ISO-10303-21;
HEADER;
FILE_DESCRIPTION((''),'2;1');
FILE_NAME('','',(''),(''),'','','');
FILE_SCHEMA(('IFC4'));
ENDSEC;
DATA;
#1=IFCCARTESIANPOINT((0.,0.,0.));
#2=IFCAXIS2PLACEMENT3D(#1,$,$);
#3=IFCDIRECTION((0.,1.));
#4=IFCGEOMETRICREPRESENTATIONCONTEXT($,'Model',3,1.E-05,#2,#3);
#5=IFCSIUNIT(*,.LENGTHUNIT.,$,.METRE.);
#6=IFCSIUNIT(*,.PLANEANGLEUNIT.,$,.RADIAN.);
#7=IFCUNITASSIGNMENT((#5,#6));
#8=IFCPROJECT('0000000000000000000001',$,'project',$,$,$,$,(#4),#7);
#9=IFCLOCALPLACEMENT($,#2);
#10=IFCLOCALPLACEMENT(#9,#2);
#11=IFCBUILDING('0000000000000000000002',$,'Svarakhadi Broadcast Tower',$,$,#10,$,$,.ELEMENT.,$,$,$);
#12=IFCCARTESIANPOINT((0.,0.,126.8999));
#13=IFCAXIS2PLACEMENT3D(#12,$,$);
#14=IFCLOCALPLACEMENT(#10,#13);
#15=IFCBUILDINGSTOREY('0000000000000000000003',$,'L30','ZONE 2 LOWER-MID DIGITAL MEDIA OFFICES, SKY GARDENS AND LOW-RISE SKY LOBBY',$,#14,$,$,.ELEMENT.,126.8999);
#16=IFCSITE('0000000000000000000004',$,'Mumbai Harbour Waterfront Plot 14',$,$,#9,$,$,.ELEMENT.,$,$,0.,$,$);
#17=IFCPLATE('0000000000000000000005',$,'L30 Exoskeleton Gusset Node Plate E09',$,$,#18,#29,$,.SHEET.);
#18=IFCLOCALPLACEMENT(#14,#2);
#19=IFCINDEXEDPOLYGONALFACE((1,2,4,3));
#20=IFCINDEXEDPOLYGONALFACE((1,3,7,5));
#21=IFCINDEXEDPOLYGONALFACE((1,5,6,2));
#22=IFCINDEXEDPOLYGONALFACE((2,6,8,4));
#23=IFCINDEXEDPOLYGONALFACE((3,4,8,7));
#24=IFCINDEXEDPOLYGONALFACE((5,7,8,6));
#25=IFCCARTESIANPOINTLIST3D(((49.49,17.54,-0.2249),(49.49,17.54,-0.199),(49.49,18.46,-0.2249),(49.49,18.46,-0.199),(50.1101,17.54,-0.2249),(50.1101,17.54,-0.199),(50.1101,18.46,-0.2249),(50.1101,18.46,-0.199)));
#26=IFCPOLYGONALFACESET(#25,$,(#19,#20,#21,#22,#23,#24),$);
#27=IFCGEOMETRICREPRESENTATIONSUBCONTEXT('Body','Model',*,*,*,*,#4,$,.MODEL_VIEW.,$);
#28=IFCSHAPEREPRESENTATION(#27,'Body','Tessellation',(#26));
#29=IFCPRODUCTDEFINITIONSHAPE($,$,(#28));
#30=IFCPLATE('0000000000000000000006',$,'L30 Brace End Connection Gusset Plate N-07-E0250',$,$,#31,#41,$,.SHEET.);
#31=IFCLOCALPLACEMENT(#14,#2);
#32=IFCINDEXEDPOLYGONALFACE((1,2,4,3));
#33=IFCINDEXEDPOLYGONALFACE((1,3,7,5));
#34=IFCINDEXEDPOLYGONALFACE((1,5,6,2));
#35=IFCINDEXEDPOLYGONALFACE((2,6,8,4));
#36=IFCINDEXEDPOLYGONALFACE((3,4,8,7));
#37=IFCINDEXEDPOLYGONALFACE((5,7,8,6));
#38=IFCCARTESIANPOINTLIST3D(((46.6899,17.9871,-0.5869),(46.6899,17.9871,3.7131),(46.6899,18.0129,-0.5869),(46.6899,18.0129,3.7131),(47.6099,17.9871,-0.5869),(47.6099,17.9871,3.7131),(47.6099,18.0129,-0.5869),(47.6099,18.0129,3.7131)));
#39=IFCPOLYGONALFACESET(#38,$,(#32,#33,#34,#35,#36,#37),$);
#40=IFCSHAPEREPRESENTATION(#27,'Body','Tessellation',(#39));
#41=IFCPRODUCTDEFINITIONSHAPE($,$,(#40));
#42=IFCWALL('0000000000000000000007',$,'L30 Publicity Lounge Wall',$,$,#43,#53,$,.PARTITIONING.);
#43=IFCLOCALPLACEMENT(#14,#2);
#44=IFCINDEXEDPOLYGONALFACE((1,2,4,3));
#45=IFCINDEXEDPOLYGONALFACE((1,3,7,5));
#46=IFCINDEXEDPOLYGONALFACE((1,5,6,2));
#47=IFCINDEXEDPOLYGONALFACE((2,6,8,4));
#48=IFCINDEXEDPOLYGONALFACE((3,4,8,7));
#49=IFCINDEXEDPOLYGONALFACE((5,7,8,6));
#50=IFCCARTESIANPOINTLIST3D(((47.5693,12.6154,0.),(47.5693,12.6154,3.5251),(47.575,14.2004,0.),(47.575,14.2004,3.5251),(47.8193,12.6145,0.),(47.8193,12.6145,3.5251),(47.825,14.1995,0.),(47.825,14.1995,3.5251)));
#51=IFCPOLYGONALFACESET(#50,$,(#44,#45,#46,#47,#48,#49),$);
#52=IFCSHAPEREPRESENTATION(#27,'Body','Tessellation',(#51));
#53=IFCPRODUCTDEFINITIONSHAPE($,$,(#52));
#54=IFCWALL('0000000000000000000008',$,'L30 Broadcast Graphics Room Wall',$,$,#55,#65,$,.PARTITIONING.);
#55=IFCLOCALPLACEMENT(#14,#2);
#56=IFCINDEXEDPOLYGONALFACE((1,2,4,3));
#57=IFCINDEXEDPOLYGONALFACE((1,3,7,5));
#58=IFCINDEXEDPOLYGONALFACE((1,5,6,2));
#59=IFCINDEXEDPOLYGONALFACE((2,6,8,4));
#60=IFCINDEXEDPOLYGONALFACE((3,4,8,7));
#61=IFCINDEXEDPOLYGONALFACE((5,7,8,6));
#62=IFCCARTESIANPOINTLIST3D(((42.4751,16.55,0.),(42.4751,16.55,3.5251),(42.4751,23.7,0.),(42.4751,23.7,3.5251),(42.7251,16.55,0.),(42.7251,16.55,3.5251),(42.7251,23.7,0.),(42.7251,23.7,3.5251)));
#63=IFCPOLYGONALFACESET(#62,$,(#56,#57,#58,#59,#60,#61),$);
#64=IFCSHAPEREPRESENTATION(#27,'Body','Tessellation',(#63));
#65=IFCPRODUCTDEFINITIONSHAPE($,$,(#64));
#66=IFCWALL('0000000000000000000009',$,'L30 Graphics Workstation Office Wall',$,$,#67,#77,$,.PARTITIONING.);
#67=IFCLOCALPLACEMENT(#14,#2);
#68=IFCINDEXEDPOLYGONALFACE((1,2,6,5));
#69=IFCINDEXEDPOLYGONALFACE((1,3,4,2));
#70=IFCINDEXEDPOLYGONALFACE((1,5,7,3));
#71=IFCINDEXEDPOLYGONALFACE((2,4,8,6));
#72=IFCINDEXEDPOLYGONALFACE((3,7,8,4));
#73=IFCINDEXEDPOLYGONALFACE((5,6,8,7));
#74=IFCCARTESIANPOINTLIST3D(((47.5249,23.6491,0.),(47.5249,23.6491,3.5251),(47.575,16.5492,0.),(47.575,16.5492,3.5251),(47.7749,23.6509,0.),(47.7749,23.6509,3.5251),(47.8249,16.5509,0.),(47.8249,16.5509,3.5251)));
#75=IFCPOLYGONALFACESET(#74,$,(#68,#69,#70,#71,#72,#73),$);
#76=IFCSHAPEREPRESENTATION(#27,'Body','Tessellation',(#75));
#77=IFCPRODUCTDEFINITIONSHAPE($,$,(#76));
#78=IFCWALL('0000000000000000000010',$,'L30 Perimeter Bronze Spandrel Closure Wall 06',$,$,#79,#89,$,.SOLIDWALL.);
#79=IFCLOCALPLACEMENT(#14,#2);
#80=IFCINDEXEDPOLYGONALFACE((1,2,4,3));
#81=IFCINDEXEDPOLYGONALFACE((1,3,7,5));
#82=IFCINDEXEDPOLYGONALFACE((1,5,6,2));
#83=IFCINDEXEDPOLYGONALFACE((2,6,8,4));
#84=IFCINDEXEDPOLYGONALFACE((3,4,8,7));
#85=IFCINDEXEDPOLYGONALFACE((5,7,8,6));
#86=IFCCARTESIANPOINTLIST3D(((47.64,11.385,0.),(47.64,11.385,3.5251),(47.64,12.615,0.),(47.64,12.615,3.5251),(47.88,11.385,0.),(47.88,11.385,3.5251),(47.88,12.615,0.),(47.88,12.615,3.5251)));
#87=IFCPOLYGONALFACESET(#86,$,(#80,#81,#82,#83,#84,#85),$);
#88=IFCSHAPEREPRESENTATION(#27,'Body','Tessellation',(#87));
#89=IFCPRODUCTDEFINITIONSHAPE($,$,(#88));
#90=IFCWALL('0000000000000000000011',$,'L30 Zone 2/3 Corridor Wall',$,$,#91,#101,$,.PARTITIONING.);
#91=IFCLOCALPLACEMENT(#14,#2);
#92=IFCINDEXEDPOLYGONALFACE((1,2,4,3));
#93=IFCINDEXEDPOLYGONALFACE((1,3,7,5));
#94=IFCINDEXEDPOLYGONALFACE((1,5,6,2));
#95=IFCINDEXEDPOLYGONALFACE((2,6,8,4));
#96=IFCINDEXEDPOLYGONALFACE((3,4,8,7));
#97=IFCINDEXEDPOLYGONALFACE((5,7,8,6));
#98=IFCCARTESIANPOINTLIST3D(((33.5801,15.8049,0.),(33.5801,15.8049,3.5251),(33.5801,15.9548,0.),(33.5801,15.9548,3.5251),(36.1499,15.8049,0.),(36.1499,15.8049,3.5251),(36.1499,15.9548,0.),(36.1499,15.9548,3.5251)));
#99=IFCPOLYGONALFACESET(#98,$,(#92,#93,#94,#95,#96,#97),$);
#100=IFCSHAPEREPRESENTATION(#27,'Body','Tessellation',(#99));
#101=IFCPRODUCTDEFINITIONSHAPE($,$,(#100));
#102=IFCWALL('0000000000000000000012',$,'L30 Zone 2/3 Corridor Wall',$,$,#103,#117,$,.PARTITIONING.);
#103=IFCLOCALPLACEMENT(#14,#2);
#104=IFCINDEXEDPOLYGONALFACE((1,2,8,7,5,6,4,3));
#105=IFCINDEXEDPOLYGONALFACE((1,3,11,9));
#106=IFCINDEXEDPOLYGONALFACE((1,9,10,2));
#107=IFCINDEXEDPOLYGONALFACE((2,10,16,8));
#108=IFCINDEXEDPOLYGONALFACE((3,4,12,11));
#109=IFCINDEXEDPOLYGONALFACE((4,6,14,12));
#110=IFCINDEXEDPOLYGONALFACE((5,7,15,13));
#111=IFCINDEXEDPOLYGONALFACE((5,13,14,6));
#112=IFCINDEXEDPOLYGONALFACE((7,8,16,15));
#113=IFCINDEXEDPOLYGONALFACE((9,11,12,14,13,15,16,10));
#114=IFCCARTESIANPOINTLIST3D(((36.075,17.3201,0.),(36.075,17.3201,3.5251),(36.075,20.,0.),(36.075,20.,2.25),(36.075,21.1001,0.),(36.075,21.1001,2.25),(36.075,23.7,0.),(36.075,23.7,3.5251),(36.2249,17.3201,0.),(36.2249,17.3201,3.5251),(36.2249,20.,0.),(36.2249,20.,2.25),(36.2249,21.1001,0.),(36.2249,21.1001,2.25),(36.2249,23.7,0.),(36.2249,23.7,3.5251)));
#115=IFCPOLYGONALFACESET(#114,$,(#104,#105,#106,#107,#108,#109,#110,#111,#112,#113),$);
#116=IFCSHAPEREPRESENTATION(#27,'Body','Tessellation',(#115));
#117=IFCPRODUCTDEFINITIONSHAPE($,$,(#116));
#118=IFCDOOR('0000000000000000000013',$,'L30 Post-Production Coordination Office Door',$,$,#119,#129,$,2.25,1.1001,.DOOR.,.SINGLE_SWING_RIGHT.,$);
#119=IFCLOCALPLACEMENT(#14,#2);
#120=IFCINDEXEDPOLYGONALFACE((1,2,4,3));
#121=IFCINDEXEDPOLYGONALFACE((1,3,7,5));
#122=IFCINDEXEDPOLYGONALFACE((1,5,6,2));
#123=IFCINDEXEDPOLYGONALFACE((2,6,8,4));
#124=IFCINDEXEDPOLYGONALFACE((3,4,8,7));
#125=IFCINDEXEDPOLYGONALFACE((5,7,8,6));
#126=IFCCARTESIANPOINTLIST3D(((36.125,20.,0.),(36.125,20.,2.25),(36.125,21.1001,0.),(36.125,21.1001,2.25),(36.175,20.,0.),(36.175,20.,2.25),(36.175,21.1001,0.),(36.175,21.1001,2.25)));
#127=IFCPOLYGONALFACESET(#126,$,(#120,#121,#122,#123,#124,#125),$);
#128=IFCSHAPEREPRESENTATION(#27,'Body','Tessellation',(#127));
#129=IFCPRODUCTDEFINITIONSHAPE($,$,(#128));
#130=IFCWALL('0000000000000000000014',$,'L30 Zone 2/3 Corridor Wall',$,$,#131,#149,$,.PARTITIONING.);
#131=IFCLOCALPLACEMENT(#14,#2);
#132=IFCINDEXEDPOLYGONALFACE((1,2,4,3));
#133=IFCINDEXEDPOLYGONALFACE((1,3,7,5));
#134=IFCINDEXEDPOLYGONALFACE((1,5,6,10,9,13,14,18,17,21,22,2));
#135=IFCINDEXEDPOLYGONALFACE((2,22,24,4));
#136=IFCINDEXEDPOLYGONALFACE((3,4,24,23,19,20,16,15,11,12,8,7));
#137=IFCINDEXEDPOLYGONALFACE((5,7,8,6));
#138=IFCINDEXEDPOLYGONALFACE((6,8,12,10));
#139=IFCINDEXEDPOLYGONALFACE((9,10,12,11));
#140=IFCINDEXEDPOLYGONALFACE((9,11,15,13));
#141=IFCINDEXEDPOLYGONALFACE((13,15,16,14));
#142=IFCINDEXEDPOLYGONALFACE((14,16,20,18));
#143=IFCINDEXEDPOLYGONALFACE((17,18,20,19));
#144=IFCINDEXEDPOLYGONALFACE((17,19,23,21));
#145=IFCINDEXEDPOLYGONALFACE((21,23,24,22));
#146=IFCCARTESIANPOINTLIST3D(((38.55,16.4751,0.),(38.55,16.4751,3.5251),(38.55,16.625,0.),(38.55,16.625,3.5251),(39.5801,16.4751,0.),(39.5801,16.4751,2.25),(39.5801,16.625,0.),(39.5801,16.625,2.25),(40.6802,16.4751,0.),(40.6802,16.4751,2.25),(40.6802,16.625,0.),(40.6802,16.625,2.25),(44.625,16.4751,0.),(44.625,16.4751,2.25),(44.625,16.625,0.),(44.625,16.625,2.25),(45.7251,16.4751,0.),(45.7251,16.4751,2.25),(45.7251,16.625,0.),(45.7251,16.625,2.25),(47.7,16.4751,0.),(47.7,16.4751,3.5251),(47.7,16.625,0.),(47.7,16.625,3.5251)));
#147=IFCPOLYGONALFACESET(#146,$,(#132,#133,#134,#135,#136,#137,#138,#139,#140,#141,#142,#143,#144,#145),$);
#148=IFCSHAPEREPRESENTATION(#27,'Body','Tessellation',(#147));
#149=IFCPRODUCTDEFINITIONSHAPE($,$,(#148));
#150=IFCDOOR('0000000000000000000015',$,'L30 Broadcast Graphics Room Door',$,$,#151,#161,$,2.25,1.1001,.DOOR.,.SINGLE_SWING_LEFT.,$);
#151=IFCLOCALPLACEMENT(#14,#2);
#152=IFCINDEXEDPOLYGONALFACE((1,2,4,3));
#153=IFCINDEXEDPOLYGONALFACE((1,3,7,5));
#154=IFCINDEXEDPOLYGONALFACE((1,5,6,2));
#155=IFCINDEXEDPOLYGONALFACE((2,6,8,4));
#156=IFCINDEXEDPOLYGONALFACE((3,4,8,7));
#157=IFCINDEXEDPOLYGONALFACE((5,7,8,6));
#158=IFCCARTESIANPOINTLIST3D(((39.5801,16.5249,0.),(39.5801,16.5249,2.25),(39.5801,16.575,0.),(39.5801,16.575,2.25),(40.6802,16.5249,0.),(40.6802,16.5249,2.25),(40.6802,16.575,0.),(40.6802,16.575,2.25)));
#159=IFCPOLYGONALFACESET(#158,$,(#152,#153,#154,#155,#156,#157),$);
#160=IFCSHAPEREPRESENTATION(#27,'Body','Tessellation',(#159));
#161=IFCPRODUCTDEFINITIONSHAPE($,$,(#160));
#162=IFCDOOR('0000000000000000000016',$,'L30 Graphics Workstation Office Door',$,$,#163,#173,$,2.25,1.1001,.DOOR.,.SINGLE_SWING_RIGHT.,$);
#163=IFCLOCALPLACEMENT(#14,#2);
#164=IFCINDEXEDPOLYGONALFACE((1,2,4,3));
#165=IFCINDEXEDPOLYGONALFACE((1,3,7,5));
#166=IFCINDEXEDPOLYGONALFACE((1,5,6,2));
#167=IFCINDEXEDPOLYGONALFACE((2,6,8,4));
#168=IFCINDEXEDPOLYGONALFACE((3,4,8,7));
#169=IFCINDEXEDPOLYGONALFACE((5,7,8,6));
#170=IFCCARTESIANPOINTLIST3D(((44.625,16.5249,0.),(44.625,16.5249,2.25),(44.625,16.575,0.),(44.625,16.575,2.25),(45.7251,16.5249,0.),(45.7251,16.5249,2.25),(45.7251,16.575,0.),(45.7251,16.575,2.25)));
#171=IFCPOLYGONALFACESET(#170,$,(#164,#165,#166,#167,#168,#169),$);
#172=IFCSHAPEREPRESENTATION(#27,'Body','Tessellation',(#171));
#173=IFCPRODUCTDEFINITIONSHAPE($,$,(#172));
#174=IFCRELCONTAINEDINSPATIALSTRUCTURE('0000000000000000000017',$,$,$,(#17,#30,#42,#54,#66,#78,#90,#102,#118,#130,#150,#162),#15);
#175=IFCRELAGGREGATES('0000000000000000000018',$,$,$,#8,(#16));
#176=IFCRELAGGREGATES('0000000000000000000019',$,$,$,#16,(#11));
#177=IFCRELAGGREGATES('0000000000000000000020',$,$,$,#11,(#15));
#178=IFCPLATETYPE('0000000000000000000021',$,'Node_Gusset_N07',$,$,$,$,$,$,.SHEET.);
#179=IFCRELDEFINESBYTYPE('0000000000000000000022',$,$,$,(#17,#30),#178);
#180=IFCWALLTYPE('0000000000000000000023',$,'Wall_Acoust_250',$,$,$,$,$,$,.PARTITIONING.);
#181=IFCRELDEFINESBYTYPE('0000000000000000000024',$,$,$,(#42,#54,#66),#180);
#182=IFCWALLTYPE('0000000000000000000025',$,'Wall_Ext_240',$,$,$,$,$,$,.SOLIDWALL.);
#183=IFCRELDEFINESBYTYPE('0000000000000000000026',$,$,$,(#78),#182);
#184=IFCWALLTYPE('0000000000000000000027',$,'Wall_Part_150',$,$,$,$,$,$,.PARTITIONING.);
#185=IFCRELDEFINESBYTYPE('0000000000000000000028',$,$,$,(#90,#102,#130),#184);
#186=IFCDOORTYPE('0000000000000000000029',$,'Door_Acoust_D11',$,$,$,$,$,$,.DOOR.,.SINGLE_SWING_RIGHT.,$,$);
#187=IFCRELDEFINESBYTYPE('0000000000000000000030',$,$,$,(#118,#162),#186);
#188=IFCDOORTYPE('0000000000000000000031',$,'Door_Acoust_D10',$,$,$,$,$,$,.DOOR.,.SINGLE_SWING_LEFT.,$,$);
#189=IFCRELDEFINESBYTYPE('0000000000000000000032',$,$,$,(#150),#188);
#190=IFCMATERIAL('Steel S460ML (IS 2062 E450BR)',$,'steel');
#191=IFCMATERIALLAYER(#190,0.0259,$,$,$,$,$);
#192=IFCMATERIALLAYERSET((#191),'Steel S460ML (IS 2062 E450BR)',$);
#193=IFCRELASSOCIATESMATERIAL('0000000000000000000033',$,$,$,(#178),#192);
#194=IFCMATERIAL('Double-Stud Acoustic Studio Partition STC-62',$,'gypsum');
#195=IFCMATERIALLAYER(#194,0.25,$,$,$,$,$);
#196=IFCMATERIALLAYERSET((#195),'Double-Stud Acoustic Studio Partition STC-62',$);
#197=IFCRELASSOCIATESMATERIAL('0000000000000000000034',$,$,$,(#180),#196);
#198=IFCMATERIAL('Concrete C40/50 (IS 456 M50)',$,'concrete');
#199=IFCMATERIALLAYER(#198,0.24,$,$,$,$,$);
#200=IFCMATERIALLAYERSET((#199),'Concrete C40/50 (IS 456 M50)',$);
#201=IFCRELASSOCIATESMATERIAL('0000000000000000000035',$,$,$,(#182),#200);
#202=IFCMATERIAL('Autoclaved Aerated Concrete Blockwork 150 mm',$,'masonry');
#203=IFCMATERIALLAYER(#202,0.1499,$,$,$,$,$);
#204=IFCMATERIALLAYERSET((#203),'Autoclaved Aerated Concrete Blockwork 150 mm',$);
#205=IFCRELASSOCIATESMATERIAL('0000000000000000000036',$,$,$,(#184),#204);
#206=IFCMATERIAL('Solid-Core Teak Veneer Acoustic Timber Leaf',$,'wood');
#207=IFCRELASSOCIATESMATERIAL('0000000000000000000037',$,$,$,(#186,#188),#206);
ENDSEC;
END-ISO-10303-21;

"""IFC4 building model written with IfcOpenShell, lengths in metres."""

from ifc_helpers import new_model, si_unit, direction, frame, frame_2d, origin, origin_2d, place, context, subcontext, project, spatial, rectangle, extrude, material, layer, layer_set, type_object, element, fill, save


model = new_model("IFC4")

# Units and contexts
model_context = context("Model", 3, precision=1e-05, world=origin(), true_north=direction((0.0, 1.0)))
body_context = subcontext(model_context, "Body", "Model", "MODEL_VIEW")
ifc_project = project(units=[si_unit("LENGTHUNIT", "METRE"), si_unit("PLANEANGLEUNIT", "RADIAN")], contexts=[model_context])

# Site, building, storey
site_placement = place(None, origin())
site = spatial("IfcSite", under=ifc_project, at=site_placement, Name="Mumbai Harbour Waterfront Plot 14", CompositionType="ELEMENT", RefElevation=0.0)
building_placement = place(site_placement, origin())
building = spatial("IfcBuilding", under=site, at=building_placement, Name="Svarakhadi Broadcast Tower", CompositionType="ELEMENT")
storey_placement = place(building_placement, frame((0.0, 0.0, 126.8999)))
storey = spatial("IfcBuildingStorey", under=building, at=storey_placement, Name="L30", Description="ZONE 2 LOWER-MID DIGITAL MEDIA OFFICES, SKY GARDENS AND LOW-RISE SKY LOBBY", CompositionType="ELEMENT", Elevation=126.8999)

# Shared definitions
ifc_material_1 = material(Name="Steel S460ML (IS 2062 E450BR)", Category="steel")

# Plates
ifc_layer_1 = layer(ifc_material_1, 0.0259)
ifc_layer_set_1 = layer_set([ifc_layer_1], Name="Steel S460ML (IS 2062 E450BR)")
plate_type_1 = type_object("IfcPlateType", Name="Node_Gusset_N07", PredefinedType="SHEET", material=ifc_layer_set_1)
plate_1_placement = place(storey_placement, frame((49.8, 18.0, -0.2249), z_axis=(0.0, 0.0, 1.0), x_axis=(0.0, 1.0, 0.0)))
element("IfcPlate", 1, at=plate_1_placement, inside=storey, type_object=plate_type_1, Name="L30 Exoskeleton Gusset Node Plate E09", PredefinedType="SHEET", context=body_context, shape_type="SweptSolid", body=[
    extrude(rectangle(XDim=0.9199, YDim=0.6201, at=origin_2d()), origin(), (0.0, 0.0, 1.0), 0.0259),
])
plate_2_placement = place(storey_placement, frame((47.1499, 18.0, -0.5869), z_axis=(0.0, 0.0, 1.0), x_axis=(1.0, 0.0, 0.0)))
element("IfcPlate", 2, at=plate_2_placement, inside=storey, type_object=plate_type_1, Name="L30 Brace End Connection Gusset Plate N-07-E0250", PredefinedType="SHEET", context=body_context, shape_type="SweptSolid", body=[
    extrude(rectangle(XDim=0.9199, YDim=0.0259, at=origin_2d()), origin(), (0.0, 0.0, 1.0), 4.3),
])

# Walls
ifc_material_2 = material(Name="Double-Stud Acoustic Studio Partition STC-62", Category="gypsum")
ifc_layer_2 = layer(ifc_material_2, 0.25)
ifc_layer_set_2 = layer_set([ifc_layer_2], Name="Double-Stud Acoustic Studio Partition STC-62")
wall_type_1 = type_object("IfcWallType", Name="Wall_Acoust_250", PredefinedType="PARTITIONING", material=ifc_layer_set_2)
wall_1_placement = place(storey_placement, frame((47.6943, 12.615, 0.0), z_axis=(0.0, 0.0, 1.0), x_axis=(0.003543, 0.999994, 0.0)))
element("IfcWall", 3, at=wall_1_placement, inside=storey, type_object=wall_type_1, Name="L30 Publicity Lounge Wall", PredefinedType="PARTITIONING", context=body_context, shape_type="SweptSolid", body=[
    extrude(rectangle(XDim=1.585, YDim=0.25, at=frame_2d((0.7925, 0.0))), origin(), (0.0, 0.0, 1.0), 3.5251),
])
wall_2_placement = place(storey_placement, frame((42.6001, 16.55, 0.0), z_axis=(0.0, 0.0, 1.0), x_axis=(0.0, 1.0, 0.0)))
element("IfcWall", 4, at=wall_2_placement, inside=storey, type_object=wall_type_1, Name="L30 Broadcast Graphics Room Wall", PredefinedType="PARTITIONING", context=body_context, shape_type="SweptSolid", body=[
    extrude(rectangle(XDim=7.1499, YDim=0.25, at=frame_2d((3.575, 0.0))), origin(), (0.0, 0.0, 1.0), 3.5251),
])
wall_3_placement = place(storey_placement, frame((47.7, 16.55, 0.0), z_axis=(0.0, 0.0, 1.0), x_axis=(-0.007049, 0.999975, 0.0)))
element("IfcWall", 5, at=wall_3_placement, inside=storey, type_object=wall_type_1, Name="L30 Graphics Workstation Office Wall", PredefinedType="PARTITIONING", context=body_context, shape_type="SweptSolid", body=[
    extrude(rectangle(XDim=7.1001, YDim=0.25, at=frame_2d((3.55, 0.0))), origin(), (0.0, 0.0, 1.0), 3.5251),
])
ifc_material_3 = material(Name="Concrete C40/50 (IS 456 M50)", Category="concrete")
ifc_layer_3 = layer(ifc_material_3, 0.24)
ifc_layer_set_3 = layer_set([ifc_layer_3], Name="Concrete C40/50 (IS 456 M50)")
wall_type_2 = type_object("IfcWallType", Name="Wall_Ext_240", PredefinedType="SOLIDWALL", material=ifc_layer_set_3)
wall_4_placement = place(storey_placement, frame((47.76, 12.615, 0.0), z_axis=(0.0, 0.0, 1.0), x_axis=(0.0, -1.0, 0.0)))
element("IfcWall", 6, at=wall_4_placement, inside=storey, type_object=wall_type_2, Name="L30 Perimeter Bronze Spandrel Closure Wall 06", PredefinedType="SOLIDWALL", context=body_context, shape_type="SweptSolid", body=[
    extrude(rectangle(XDim=1.23, YDim=0.24, at=frame_2d((0.615, 0.0))), origin(), (0.0, 0.0, 1.0), 3.5251),
])
ifc_material_4 = material(Name="Autoclaved Aerated Concrete Blockwork 150 mm", Category="masonry")
ifc_layer_4 = layer(ifc_material_4, 0.1499)
ifc_layer_set_4 = layer_set([ifc_layer_4], Name="Autoclaved Aerated Concrete Blockwork 150 mm")
wall_type_3 = type_object("IfcWallType", Name="Wall_Part_150", PredefinedType="PARTITIONING", material=ifc_layer_set_4)
wall_5_placement = place(storey_placement, frame((36.1499, 15.8799, 0.0), z_axis=(0.0, 0.0, 1.0), x_axis=(-1.0, 0.0, 0.0)))
element("IfcWall", 7, at=wall_5_placement, inside=storey, type_object=wall_type_3, Name="L30 Zone 2/3 Corridor Wall", PredefinedType="PARTITIONING", context=body_context, shape_type="SweptSolid", body=[
    extrude(rectangle(XDim=2.5698, YDim=0.1499, at=frame_2d((1.2849, 0.0))), origin(), (0.0, 0.0, 1.0), 3.5251),
])

# Wall, opening, door
wall_6_placement = place(storey_placement, frame((36.1499, 17.3201, 0.0), z_axis=(0.0, 0.0, 1.0), x_axis=(0.0, 1.0, 0.0)))
wall_6 = element("IfcWall", 8, at=wall_6_placement, inside=storey, type_object=wall_type_3, Name="L30 Zone 2/3 Corridor Wall", PredefinedType="PARTITIONING", context=body_context, shape_type="SweptSolid", body=[
    extrude(rectangle(XDim=6.3799, YDim=0.1499, at=frame_2d((3.1899, 0.0))), origin(), (0.0, 0.0, 1.0), 3.5251),
])
opening_1_placement = place(wall_6_placement, frame((2.6799, 0.0, 0.0)))
opening_1 = element("IfcOpeningElement", 9, at=opening_1_placement, cuts=wall_6, PredefinedType="OPENING", context=body_context, shape_type="SweptSolid", body=[
    extrude(rectangle(XDim=1.1001, YDim=2.25, at=frame_2d((0.55, 1.125))), frame((0.0, 0.085, 0.0), z_axis=(0.0, -1.0, 0.0), x_axis=(1.0, 0.0, 0.0)), (0.0, 0.0, 1.0), 0.1699),
])
ifc_material_5 = material(Name="Solid-Core Teak Veneer Acoustic Timber Leaf", Category="wood")
door_type_1 = type_object("IfcDoorType", Name="Door_Acoust_D11", OperationType="SINGLE_SWING_RIGHT", PredefinedType="DOOR", material=ifc_material_5)
door_1_placement = place(opening_1_placement, origin())
door_1 = element("IfcDoor", 10, at=door_1_placement, inside=storey, type_object=door_type_1, Name="L30 Post-Production Coordination Office Door", OperationType="SINGLE_SWING_RIGHT", OverallHeight=2.25, OverallWidth=1.1001, PredefinedType="DOOR", context=body_context, shape_type="SweptSolid", body=[
    extrude(rectangle(XDim=1.1001, YDim=2.25, at=frame_2d((0.55, 1.125))), frame((0.0, 0.0249, 0.0), z_axis=(0.0, -1.0, 0.0), x_axis=(1.0, 0.0, 0.0)), (0.0, 0.0, 1.0), 0.05),
])
fill(opening_1, door_1)

# Wall, openings, doors
wall_7_placement = place(storey_placement, frame((38.55, 16.55, 0.0), z_axis=(0.0, 0.0, 1.0), x_axis=(1.0, 0.0, 0.0)))
wall_7 = element("IfcWall", 11, at=wall_7_placement, inside=storey, type_object=wall_type_3, Name="L30 Zone 2/3 Corridor Wall", PredefinedType="PARTITIONING", context=body_context, shape_type="SweptSolid", body=[
    extrude(rectangle(XDim=9.1499, YDim=0.1499, at=frame_2d((4.575, 0.0))), origin(), (0.0, 0.0, 1.0), 3.5251),
])
opening_2_placement = place(wall_7_placement, frame((1.03, 0.0, 0.0)))
opening_2 = element("IfcOpeningElement", 12, at=opening_2_placement, cuts=wall_7, PredefinedType="OPENING", context=body_context, shape_type="SweptSolid", body=[
    extrude(rectangle(XDim=1.1001, YDim=2.25, at=frame_2d((0.55, 1.125))), frame((0.0, 0.085, 0.0), z_axis=(0.0, -1.0, 0.0), x_axis=(1.0, 0.0, 0.0)), (0.0, 0.0, 1.0), 0.1699),
])
opening_3_placement = place(wall_7_placement, frame((6.075, 0.0, 0.0)))
opening_3 = element("IfcOpeningElement", 13, at=opening_3_placement, cuts=wall_7, PredefinedType="OPENING", context=body_context, shape_type="SweptSolid", body=[
    extrude(rectangle(XDim=1.1001, YDim=2.25, at=frame_2d((0.55, 1.125))), frame((0.0, 0.085, 0.0), z_axis=(0.0, -1.0, 0.0), x_axis=(1.0, 0.0, 0.0)), (0.0, 0.0, 1.0), 0.1699),
])
door_type_2 = type_object("IfcDoorType", Name="Door_Acoust_D10", OperationType="SINGLE_SWING_LEFT", PredefinedType="DOOR", material=ifc_material_5)
door_2_placement = place(opening_2_placement, origin())
door_2 = element("IfcDoor", 14, at=door_2_placement, inside=storey, type_object=door_type_2, Name="L30 Broadcast Graphics Room Door", OperationType="SINGLE_SWING_LEFT", OverallHeight=2.25, OverallWidth=1.1001, PredefinedType="DOOR", context=body_context, shape_type="SweptSolid", body=[
    extrude(rectangle(XDim=1.1001, YDim=2.25, at=frame_2d((0.55, 1.125))), frame((0.0, 0.0249, 0.0), z_axis=(0.0, -1.0, 0.0), x_axis=(1.0, 0.0, 0.0)), (0.0, 0.0, 1.0), 0.05),
])
fill(opening_2, door_2)
door_3_placement = place(opening_3_placement, origin())
door_3 = element("IfcDoor", 15, at=door_3_placement, inside=storey, type_object=door_type_1, Name="L30 Graphics Workstation Office Door", OperationType="SINGLE_SWING_RIGHT", OverallHeight=2.25, OverallWidth=1.1001, PredefinedType="DOOR", context=body_context, shape_type="SweptSolid", body=[
    extrude(rectangle(XDim=1.1001, YDim=2.25, at=frame_2d((0.55, 1.125))), frame((0.0, 0.0249, 0.0), z_axis=(0.0, -1.0, 0.0), x_axis=(1.0, 0.0, 0.0)), (0.0, 0.0, 1.0), 0.05),
])
fill(opening_3, door_3)

save(model, "model.ifc")
